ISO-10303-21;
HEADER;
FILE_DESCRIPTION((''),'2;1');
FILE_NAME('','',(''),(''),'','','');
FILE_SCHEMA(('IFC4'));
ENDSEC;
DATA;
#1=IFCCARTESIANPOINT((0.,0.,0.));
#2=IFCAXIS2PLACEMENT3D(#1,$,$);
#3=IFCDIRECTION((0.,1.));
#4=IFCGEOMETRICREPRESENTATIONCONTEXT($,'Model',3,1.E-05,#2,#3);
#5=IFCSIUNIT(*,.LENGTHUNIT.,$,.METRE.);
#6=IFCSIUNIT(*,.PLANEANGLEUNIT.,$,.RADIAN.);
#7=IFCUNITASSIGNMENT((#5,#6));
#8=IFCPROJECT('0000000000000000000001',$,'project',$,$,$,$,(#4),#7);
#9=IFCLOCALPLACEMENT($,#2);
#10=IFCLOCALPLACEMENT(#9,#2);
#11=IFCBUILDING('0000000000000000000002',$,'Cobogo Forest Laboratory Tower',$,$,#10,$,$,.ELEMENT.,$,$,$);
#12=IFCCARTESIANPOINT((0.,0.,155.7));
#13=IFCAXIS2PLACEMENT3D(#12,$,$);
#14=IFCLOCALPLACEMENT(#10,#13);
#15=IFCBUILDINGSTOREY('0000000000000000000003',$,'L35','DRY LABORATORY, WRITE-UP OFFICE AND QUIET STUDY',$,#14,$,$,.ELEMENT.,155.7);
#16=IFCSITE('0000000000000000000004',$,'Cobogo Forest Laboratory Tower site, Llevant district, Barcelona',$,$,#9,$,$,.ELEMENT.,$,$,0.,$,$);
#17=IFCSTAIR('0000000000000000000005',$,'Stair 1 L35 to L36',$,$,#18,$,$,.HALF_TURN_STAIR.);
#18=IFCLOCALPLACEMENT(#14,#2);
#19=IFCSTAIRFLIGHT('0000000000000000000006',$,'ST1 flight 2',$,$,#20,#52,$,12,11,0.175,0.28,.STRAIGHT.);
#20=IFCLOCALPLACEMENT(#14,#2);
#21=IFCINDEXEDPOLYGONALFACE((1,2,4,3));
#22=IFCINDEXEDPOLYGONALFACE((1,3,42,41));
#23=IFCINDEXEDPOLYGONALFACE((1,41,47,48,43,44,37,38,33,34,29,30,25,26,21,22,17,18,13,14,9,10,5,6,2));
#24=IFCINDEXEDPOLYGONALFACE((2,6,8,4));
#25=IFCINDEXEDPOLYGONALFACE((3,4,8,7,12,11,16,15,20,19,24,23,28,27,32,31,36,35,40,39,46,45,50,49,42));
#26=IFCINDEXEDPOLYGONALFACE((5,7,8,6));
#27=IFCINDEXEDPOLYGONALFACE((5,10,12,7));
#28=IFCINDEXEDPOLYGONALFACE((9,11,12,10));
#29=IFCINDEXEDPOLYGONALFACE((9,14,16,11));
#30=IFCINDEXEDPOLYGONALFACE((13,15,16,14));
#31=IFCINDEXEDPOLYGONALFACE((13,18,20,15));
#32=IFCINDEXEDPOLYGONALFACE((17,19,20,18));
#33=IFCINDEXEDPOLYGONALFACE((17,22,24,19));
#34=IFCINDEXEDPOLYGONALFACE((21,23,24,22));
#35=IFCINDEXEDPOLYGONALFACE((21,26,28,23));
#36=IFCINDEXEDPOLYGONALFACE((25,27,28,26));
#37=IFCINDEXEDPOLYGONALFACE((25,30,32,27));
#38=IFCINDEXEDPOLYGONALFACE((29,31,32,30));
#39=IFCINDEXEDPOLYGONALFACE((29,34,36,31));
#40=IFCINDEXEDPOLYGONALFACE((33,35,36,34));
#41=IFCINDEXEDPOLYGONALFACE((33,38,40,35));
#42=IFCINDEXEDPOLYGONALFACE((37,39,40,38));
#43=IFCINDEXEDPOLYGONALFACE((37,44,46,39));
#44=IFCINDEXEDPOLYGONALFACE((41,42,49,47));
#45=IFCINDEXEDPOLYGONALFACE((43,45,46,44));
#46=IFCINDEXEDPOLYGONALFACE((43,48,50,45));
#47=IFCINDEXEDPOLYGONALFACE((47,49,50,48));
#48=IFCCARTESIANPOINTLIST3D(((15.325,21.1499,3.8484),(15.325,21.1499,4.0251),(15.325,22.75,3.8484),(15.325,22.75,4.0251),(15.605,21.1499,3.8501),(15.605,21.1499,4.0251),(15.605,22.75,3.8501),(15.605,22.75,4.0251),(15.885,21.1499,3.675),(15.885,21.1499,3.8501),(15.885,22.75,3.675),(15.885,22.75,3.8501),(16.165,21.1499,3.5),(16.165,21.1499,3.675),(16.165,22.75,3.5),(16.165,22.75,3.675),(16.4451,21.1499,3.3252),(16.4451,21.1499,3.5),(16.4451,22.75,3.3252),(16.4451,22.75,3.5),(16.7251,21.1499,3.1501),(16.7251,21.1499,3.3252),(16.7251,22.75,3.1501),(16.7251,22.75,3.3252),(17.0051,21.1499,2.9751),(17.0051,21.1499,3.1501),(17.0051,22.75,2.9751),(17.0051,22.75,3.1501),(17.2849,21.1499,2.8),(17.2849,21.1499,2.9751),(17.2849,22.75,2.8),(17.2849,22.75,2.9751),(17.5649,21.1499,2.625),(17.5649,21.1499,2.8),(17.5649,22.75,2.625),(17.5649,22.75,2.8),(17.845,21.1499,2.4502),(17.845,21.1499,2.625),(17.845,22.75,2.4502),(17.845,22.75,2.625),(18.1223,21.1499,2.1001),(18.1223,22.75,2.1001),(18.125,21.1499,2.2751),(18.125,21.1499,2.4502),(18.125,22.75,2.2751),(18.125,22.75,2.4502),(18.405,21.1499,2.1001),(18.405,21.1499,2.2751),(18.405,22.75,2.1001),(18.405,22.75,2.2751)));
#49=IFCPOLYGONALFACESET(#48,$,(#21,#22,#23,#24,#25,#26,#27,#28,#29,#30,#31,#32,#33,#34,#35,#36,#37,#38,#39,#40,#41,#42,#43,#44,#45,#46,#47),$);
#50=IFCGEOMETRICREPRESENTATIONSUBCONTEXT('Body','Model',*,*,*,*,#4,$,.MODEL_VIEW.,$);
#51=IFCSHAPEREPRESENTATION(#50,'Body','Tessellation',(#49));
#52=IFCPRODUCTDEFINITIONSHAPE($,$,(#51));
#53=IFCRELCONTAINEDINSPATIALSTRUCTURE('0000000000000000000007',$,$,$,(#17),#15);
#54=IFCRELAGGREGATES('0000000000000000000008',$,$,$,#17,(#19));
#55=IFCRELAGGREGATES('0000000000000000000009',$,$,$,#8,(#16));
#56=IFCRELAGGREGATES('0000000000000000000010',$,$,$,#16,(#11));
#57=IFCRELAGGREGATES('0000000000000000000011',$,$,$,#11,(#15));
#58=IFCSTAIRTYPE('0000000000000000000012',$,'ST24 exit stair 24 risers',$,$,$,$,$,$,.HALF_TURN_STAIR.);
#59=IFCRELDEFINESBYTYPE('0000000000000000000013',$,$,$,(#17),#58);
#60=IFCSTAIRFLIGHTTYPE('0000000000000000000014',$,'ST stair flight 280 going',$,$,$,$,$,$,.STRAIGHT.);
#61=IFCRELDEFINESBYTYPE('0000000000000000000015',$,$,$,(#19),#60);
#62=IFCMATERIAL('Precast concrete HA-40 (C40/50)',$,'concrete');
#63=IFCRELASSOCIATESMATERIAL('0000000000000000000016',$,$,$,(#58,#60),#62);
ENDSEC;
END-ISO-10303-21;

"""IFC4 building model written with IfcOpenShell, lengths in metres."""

from ifc_helpers import new_model, si_unit, direction, frame, origin, place, context, subcontext, project, spatial, polyline, outline, extrude, material, type_object, element, aggregate, save


model = new_model("IFC4")

# Units and contexts
model_context = context("Model", 3, precision=1e-05, world=origin(), true_north=direction((0.0, 1.0)))
body_context = subcontext(model_context, "Body", "Model", "MODEL_VIEW")
ifc_project = project(units=[si_unit("LENGTHUNIT", "METRE"), si_unit("PLANEANGLEUNIT", "RADIAN")], contexts=[model_context])

# Site, building, storey
site_placement = place(None, origin())
site = spatial("IfcSite", under=ifc_project, at=site_placement, Name="Cobogo Forest Laboratory Tower site, Llevant district, Barcelona", CompositionType="ELEMENT", RefElevation=0.0)
building_placement = place(site_placement, origin())
building = spatial("IfcBuilding", under=site, at=building_placement, Name="Cobogo Forest Laboratory Tower", CompositionType="ELEMENT")
storey_placement = place(building_placement, frame((0.0, 0.0, 155.7)))
storey = spatial("IfcBuildingStorey", under=building, at=storey_placement, Name="L35", Description="DRY LABORATORY, WRITE-UP OFFICE AND QUIET STUDY", CompositionType="ELEMENT", Elevation=155.7)

# Stair, stair flight
ifc_material_1 = material(Name="Precast concrete HA-40 (C40/50)", Category="concrete")
stair_type = type_object("IfcStairType", Name="ST24 exit stair 24 risers", PredefinedType="HALF_TURN_STAIR", material=ifc_material_1)
stair_placement = place(storey_placement, origin())
stair = element("IfcStair", 1, at=stair_placement, inside=storey, type_object=stair_type, Name="Stair 1 L35 to L36", PredefinedType="HALF_TURN_STAIR")
stair_flight_type = type_object("IfcStairFlightType", Name="ST stair flight 280 going", PredefinedType="STRAIGHT", material=ifc_material_1)
stair_flight_1_placement = place(storey_placement, frame((18.405, 21.95, 2.1001), z_axis=(0.0, 0.0, 1.0), x_axis=(-1.0, 0.0, 0.0)))
stair_flight_1 = element("IfcStairFlight", 2, at=stair_flight_1_placement, type_object=stair_flight_type, Name="ST1 flight 2", NumberOfRisers=12, NumberOfTreads=11, PredefinedType="STRAIGHT", RiserHeight=0.175, TreadLength=0.28, context=body_context, shape_type="SweptSolid", body=[
    extrude(outline(polyline([(0.0, 0.0), (0.0, 0.175), (0.28, 0.175), (0.28, 0.3501), (0.5601, 0.3501), (0.5601, 0.5249), (0.8401, 0.5249), (0.8401, 0.7), (1.1201, 0.7), (1.1201, 0.875), (1.3999, 0.875), (1.3999, 1.05), (1.6799, 1.05), (1.6799, 1.2251), (1.96, 1.2251), (1.96, 1.3999), (2.24, 1.3999), (2.24, 1.575), (2.52, 1.575), (2.52, 1.75), (2.8, 1.75), (2.8, 1.925), (3.0801, 1.925), (3.0801, 2.1001), (3.0801, 1.7483), (0.2827, 0.0), (0.0, 0.0)])), frame((0.0, 0.8, 0.0), z_axis=(0.0, -1.0, 0.0), x_axis=(1.0, 0.0, 0.0)), (0.0, 0.0, 1.0), 1.6001),
])
aggregate(stair, [stair_flight_1])

save(model, "model.ifc")
